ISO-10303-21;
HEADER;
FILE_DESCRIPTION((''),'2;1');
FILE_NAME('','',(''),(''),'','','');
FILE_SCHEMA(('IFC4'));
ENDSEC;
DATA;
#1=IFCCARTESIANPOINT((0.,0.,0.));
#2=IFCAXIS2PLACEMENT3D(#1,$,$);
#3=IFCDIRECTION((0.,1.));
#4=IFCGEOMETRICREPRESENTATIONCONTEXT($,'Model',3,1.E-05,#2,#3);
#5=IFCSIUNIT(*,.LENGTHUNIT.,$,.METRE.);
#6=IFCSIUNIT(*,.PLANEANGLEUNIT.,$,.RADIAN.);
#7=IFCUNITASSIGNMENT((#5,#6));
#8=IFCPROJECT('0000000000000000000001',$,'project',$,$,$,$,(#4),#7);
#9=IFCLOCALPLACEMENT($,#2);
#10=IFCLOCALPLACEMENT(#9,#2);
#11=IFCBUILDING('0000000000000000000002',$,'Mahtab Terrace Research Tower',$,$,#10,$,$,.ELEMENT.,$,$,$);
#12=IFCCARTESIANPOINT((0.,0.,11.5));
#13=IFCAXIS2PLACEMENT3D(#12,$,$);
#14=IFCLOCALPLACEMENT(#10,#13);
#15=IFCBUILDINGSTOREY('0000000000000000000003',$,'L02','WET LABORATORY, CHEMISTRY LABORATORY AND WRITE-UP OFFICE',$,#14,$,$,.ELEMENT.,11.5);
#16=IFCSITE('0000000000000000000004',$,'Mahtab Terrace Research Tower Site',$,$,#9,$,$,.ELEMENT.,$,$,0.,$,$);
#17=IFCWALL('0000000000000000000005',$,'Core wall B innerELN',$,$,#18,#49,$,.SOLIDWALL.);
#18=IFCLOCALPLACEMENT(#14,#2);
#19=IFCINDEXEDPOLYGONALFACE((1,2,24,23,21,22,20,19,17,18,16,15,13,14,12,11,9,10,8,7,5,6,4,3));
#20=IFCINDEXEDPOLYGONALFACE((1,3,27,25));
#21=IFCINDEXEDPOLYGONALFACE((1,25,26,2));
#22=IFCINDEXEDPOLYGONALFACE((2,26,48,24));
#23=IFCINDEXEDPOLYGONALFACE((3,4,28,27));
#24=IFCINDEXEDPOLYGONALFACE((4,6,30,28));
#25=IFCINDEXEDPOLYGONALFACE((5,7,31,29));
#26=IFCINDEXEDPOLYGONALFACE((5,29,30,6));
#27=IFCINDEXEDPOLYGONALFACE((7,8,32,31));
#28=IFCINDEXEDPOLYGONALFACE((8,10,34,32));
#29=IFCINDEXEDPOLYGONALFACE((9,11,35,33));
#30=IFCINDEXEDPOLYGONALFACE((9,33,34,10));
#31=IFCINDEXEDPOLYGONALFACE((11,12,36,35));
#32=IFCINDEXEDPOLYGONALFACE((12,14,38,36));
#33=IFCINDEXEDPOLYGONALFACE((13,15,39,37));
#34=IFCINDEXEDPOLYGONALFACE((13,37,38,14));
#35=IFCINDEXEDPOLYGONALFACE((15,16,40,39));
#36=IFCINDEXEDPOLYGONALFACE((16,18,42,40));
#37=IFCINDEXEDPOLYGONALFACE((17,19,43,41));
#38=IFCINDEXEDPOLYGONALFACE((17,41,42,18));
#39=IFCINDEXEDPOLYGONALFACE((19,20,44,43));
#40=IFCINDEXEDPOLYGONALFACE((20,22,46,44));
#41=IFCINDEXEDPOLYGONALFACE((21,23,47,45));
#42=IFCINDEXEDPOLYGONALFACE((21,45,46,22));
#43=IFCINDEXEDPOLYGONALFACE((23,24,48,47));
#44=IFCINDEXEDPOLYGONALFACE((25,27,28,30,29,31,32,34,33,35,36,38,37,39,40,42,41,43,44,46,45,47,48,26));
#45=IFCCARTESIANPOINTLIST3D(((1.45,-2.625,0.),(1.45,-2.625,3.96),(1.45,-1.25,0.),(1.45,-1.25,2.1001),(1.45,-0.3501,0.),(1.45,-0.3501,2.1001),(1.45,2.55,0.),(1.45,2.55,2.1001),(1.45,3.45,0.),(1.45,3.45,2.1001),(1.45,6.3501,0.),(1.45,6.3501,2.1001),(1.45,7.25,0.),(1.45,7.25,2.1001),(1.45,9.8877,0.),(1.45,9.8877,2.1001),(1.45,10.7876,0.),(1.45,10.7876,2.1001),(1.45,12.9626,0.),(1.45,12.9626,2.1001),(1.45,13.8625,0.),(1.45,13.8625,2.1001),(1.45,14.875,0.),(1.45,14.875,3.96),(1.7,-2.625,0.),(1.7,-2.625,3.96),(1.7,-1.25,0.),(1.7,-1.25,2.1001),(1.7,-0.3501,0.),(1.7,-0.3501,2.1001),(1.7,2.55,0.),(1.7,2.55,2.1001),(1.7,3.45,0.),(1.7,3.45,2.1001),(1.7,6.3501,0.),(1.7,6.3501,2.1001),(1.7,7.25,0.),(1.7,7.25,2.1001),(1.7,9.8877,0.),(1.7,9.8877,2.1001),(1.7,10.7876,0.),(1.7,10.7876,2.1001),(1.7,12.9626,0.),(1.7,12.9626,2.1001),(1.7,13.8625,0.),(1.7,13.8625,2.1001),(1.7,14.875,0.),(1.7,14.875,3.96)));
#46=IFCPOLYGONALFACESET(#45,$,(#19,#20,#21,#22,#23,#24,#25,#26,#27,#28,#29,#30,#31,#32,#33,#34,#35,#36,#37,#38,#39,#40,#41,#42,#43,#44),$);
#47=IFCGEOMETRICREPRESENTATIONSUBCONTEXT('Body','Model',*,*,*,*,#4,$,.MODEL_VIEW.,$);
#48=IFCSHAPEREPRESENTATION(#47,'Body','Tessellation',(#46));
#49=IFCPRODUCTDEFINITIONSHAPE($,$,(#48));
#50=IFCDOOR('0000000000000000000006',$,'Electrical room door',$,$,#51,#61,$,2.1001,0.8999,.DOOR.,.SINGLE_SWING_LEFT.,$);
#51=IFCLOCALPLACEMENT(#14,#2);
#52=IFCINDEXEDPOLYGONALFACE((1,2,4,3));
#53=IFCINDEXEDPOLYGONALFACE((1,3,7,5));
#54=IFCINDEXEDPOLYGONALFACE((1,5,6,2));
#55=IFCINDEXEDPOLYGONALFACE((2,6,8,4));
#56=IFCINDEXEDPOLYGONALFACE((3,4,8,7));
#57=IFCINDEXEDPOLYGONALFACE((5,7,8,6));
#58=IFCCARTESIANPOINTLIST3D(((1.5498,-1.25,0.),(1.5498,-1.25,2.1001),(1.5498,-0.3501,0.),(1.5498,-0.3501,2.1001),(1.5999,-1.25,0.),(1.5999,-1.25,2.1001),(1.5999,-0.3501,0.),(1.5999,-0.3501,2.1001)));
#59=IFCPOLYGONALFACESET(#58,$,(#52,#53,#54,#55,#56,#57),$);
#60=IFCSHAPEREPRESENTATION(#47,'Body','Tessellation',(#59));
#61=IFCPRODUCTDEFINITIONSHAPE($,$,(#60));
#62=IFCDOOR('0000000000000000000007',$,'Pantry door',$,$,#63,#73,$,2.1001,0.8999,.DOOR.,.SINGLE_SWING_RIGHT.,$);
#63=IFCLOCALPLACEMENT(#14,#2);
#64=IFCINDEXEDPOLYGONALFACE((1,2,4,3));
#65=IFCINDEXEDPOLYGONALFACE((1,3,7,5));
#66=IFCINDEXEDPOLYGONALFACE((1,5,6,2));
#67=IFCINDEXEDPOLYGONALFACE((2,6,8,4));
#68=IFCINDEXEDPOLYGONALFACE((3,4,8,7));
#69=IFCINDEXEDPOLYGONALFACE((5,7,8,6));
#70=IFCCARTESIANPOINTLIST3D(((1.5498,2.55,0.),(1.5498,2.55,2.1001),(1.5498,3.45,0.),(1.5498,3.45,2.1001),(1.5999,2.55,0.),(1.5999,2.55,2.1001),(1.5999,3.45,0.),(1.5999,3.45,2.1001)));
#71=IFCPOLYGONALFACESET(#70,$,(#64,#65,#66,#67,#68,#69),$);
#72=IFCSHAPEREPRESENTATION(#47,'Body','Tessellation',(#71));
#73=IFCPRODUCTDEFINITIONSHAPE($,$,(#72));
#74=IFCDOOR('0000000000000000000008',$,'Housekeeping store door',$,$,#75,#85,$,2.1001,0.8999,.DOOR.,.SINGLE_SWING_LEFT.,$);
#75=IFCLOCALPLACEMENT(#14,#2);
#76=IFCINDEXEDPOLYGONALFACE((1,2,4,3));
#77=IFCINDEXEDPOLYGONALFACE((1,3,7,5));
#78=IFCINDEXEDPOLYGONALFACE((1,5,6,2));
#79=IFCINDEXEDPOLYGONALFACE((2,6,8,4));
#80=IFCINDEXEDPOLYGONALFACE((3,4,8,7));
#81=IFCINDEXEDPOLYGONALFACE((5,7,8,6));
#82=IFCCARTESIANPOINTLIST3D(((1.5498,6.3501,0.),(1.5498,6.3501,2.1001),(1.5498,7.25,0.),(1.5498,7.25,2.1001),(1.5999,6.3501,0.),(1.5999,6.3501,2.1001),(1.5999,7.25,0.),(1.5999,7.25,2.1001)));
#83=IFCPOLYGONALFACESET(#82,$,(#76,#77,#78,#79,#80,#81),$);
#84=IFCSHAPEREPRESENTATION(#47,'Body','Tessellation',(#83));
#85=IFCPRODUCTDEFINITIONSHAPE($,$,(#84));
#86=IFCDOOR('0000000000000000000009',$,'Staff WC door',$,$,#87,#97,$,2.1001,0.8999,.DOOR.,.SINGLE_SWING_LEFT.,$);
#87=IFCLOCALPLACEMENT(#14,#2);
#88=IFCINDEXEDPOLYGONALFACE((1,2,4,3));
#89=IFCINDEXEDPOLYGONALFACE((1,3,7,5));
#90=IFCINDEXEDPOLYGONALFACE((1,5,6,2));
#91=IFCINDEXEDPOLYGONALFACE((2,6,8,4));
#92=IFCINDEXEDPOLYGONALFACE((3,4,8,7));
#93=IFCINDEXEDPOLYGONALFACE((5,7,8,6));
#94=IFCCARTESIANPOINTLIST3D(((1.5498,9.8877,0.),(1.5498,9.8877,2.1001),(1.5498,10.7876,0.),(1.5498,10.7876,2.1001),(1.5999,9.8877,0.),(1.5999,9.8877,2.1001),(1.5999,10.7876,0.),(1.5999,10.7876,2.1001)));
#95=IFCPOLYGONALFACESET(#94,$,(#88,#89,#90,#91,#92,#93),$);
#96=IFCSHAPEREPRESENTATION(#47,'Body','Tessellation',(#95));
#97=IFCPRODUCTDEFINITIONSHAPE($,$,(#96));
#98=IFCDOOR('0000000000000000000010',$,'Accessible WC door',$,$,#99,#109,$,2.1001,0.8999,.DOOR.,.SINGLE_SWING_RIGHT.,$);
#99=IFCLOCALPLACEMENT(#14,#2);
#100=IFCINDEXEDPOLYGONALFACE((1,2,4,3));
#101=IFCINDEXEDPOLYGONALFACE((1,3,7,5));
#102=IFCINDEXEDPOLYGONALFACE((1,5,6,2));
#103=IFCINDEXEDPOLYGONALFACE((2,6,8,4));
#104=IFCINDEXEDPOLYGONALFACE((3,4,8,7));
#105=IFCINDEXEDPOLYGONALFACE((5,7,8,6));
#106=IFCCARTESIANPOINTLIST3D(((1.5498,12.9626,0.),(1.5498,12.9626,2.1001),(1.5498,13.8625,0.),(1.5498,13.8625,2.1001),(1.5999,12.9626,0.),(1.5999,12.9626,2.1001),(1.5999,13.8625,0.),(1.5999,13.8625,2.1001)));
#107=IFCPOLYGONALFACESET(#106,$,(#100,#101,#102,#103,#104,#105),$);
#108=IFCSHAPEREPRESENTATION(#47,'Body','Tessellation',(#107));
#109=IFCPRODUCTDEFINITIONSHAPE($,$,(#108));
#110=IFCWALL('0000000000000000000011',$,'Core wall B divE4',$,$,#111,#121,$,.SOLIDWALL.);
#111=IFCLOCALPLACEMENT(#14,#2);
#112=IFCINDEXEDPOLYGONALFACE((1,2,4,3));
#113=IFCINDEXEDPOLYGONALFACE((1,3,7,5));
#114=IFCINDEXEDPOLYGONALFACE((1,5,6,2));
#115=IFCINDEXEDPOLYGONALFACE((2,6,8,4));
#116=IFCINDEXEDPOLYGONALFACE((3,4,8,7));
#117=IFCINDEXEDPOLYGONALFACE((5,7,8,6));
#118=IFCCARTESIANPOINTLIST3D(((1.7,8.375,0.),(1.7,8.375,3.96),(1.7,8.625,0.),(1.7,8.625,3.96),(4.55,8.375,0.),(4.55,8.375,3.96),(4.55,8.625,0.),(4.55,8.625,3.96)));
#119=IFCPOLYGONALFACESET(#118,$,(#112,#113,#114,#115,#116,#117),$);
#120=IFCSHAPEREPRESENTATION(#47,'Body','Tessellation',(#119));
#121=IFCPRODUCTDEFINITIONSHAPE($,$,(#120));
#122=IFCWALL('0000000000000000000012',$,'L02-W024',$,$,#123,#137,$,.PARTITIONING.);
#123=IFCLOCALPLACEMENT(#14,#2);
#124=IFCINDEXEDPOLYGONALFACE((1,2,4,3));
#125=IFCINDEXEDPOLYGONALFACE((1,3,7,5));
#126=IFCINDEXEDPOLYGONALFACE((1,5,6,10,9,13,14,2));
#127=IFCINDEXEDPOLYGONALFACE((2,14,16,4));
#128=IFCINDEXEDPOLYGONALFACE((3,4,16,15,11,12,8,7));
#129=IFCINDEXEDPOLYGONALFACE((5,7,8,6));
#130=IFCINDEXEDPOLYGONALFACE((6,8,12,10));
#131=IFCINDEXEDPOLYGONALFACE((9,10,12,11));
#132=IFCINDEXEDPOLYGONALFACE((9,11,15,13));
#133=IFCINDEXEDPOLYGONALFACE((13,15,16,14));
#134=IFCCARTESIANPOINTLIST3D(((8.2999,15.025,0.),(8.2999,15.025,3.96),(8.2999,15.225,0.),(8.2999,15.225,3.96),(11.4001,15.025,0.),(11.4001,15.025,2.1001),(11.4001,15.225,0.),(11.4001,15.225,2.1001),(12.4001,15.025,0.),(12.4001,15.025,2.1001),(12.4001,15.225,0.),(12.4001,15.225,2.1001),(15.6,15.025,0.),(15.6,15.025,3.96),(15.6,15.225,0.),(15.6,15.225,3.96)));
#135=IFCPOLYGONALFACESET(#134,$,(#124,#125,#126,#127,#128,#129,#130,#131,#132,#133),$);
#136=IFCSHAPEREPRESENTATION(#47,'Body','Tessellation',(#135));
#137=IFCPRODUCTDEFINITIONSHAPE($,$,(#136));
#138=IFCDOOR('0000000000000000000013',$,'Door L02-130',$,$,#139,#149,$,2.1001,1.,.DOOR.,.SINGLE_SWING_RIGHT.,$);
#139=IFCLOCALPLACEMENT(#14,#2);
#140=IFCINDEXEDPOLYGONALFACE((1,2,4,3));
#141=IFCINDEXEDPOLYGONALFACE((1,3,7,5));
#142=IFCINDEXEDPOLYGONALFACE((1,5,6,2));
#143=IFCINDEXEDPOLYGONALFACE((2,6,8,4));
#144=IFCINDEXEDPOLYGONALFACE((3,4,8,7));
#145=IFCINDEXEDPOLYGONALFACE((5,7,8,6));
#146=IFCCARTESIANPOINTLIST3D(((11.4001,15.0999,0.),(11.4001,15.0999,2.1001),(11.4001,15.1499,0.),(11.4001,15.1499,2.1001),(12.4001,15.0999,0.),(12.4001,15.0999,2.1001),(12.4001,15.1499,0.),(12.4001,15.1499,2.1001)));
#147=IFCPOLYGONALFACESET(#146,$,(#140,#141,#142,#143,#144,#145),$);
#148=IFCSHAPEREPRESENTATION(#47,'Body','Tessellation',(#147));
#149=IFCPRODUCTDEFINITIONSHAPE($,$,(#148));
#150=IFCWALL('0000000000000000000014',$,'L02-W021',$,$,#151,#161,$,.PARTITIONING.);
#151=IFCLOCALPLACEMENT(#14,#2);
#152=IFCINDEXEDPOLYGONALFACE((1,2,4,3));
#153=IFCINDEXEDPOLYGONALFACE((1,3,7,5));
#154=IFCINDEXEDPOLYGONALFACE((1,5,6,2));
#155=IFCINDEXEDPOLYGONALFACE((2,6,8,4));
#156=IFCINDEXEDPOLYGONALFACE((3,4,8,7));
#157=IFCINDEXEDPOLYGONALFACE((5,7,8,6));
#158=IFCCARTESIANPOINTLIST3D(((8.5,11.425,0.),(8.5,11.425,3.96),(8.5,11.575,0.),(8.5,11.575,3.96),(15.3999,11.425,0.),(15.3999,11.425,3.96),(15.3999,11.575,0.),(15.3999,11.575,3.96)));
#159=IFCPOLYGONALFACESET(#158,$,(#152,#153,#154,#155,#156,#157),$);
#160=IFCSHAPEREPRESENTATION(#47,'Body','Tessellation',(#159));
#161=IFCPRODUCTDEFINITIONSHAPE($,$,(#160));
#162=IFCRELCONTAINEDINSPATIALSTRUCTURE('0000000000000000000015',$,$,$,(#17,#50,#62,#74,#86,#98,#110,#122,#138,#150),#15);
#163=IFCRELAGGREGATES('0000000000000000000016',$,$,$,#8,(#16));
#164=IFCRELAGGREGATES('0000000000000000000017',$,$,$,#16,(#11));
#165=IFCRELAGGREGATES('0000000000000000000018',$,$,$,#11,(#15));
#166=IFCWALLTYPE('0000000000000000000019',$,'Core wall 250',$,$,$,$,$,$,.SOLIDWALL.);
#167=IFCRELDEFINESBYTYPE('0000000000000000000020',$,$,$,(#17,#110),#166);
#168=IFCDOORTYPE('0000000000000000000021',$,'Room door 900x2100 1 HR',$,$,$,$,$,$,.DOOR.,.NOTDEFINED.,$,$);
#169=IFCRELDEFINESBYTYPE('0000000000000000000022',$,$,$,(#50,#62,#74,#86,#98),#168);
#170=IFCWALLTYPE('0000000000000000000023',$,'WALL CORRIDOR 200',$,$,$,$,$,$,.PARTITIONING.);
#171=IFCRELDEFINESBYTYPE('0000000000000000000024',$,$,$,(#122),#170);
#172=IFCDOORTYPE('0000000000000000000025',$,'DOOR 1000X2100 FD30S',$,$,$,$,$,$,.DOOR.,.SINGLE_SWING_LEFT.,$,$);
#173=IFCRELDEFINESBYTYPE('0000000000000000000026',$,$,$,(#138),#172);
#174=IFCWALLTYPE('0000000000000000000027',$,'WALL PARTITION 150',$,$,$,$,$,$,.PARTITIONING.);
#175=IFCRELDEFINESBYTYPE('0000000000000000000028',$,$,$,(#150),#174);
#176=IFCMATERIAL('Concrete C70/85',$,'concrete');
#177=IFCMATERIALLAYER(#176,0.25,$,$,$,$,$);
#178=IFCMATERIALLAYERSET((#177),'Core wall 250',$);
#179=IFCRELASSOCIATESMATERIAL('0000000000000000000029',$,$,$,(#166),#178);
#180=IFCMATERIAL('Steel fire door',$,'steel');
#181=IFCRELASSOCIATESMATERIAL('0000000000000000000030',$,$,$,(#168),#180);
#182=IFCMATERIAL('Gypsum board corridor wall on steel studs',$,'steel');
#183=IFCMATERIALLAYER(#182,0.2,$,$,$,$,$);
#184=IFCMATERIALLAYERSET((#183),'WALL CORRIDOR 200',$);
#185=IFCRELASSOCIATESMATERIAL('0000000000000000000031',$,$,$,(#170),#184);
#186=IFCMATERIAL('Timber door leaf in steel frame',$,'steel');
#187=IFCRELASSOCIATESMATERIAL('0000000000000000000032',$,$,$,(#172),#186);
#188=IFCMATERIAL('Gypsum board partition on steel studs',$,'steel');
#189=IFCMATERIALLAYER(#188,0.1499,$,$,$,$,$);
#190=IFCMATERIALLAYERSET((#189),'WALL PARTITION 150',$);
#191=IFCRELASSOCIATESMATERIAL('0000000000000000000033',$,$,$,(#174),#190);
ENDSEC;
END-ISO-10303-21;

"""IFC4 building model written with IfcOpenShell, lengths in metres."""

from ifc_helpers import new_model, si_unit, direction, frame, frame_2d, origin, place, context, subcontext, project, spatial, rectangle, extrude, material, layer, layer_set, type_object, element, fill, save


model = new_model("IFC4")

# Units and contexts
model_context = context("Model", 3, precision=1e-05, world=origin(), true_north=direction((0.0, 1.0)))
body_context = subcontext(model_context, "Body", "Model", "MODEL_VIEW")
ifc_project = project(units=[si_unit("LENGTHUNIT", "METRE"), si_unit("PLANEANGLEUNIT", "RADIAN")], contexts=[model_context])

# Site, building, storey
site_placement = place(None, origin())
site = spatial("IfcSite", under=ifc_project, at=site_placement, Name="Mahtab Terrace Research Tower Site", CompositionType="ELEMENT", RefElevation=0.0)
building_placement = place(site_placement, origin())
building = spatial("IfcBuilding", under=site, at=building_placement, Name="Mahtab Terrace Research Tower", CompositionType="ELEMENT")
storey_placement = place(building_placement, frame((0.0, 0.0, 11.5)))
storey = spatial("IfcBuildingStorey", under=building, at=storey_placement, Name="L02", Description="WET LABORATORY, CHEMISTRY LABORATORY AND WRITE-UP OFFICE", CompositionType="ELEMENT", Elevation=11.5)

# Shared definitions
ifc_material_1 = material(Name="Concrete C70/85", Category="concrete")

# Wall, openings, doors
ifc_layer_1 = layer(ifc_material_1, 0.25)
ifc_layer_set_1 = layer_set([ifc_layer_1], Name="Core wall 250")
wall_type_1 = type_object("IfcWallType", Name="Core wall 250", PredefinedType="SOLIDWALL", material=ifc_layer_set_1)
wall_1_placement = place(storey_placement, frame((1.575, 14.875, 0.0), z_axis=(0.0, 0.0, 1.0), x_axis=(0.0, -1.0, 0.0)))
wall_1 = element("IfcWall", 1, at=wall_1_placement, inside=storey, type_object=wall_type_1, Name="Core wall B innerELN", PredefinedType="SOLIDWALL", context=body_context, shape_type="SweptSolid", body=[
    extrude(rectangle(XDim=17.5, YDim=0.25, at=frame_2d((8.75, 0.0))), origin(), (0.0, 0.0, 1.0), 3.96),
])
opening_1_placement = place(wall_1_placement, frame((15.2251, 0.0, 0.0)))
opening_1 = element("IfcOpeningElement", 2, at=opening_1_placement, cuts=wall_1, PredefinedType="OPENING", context=body_context, shape_type="SweptSolid", body=[
    extrude(rectangle(XDim=0.8999, YDim=2.1001, at=frame_2d((0.45, 1.05))), frame((0.0, 0.135, 0.0), z_axis=(0.0, -1.0, 0.0), x_axis=(1.0, 0.0, 0.0)), (0.0, 0.0, 1.0), 0.27),
])
opening_2_placement = place(wall_1_placement, frame((11.425, 0.0, 0.0)))
opening_2 = element("IfcOpeningElement", 3, at=opening_2_placement, cuts=wall_1, PredefinedType="OPENING", context=body_context, shape_type="SweptSolid", body=[
    extrude(rectangle(XDim=0.8999, YDim=2.1001, at=frame_2d((0.45, 1.05))), frame((0.0, 0.135, 0.0), z_axis=(0.0, -1.0, 0.0), x_axis=(1.0, 0.0, 0.0)), (0.0, 0.0, 1.0), 0.27),
])
opening_3_placement = place(wall_1_placement, frame((7.625, 0.0, 0.0)))
opening_3 = element("IfcOpeningElement", 4, at=opening_3_placement, cuts=wall_1, PredefinedType="OPENING", context=body_context, shape_type="SweptSolid", body=[
    extrude(rectangle(XDim=0.8999, YDim=2.1001, at=frame_2d((0.45, 1.05))), frame((0.0, 0.135, 0.0), z_axis=(0.0, -1.0, 0.0), x_axis=(1.0, 0.0, 0.0)), (0.0, 0.0, 1.0), 0.27),
])
opening_4_placement = place(wall_1_placement, frame((4.0874, 0.0, 0.0)))
opening_4 = element("IfcOpeningElement", 5, at=opening_4_placement, cuts=wall_1, PredefinedType="OPENING", context=body_context, shape_type="SweptSolid", body=[
    extrude(rectangle(XDim=0.8999, YDim=2.1001, at=frame_2d((0.45, 1.05))), frame((0.0, 0.135, 0.0), z_axis=(0.0, -1.0, 0.0), x_axis=(1.0, 0.0, 0.0)), (0.0, 0.0, 1.0), 0.27),
])
opening_5_placement = place(wall_1_placement, frame((1.0125, 0.0, 0.0)))
opening_5 = element("IfcOpeningElement", 6, at=opening_5_placement, cuts=wall_1, PredefinedType="OPENING", context=body_context, shape_type="SweptSolid", body=[
    extrude(rectangle(XDim=0.8999, YDim=2.1001, at=frame_2d((0.45, 1.05))), frame((0.0, 0.135, 0.0), z_axis=(0.0, -1.0, 0.0), x_axis=(1.0, 0.0, 0.0)), (0.0, 0.0, 1.0), 0.27),
])
ifc_material_2 = material(Name="Steel fire door", Category="steel")
door_type_1 = type_object("IfcDoorType", Name="Room door 900x2100 1 HR", OperationType="NOTDEFINED", PredefinedType="DOOR", material=ifc_material_2)
door_1_placement = place(opening_1_placement, origin())
door_1 = element("IfcDoor", 7, at=door_1_placement, inside=storey, type_object=door_type_1, Name="Electrical room door", OperationType="SINGLE_SWING_LEFT", OverallHeight=2.1001, OverallWidth=0.8999, PredefinedType="DOOR", context=body_context, shape_type="SweptSolid", body=[
    extrude(rectangle(XDim=0.8999, YDim=2.1001, at=frame_2d((0.45, 1.05))), frame((0.0, 0.0249, 0.0), z_axis=(0.0, -1.0, 0.0), x_axis=(1.0, 0.0, 0.0)), (0.0, 0.0, 1.0), 0.05),
])
fill(opening_1, door_1)
door_2_placement = place(opening_2_placement, origin())
door_2 = element("IfcDoor", 8, at=door_2_placement, inside=storey, type_object=door_type_1, Name="Pantry door", OperationType="SINGLE_SWING_RIGHT", OverallHeight=2.1001, OverallWidth=0.8999, PredefinedType="DOOR", context=body_context, shape_type="SweptSolid", body=[
    extrude(rectangle(XDim=0.8999, YDim=2.1001, at=frame_2d((0.45, 1.05))), frame((0.0, 0.0249, 0.0), z_axis=(0.0, -1.0, 0.0), x_axis=(1.0, 0.0, 0.0)), (0.0, 0.0, 1.0), 0.05),
])
fill(opening_2, door_2)
door_3_placement = place(opening_3_placement, origin())
door_3 = element("IfcDoor", 9, at=door_3_placement, inside=storey, type_object=door_type_1, Name="Housekeeping store door", OperationType="SINGLE_SWING_LEFT", OverallHeight=2.1001, OverallWidth=0.8999, PredefinedType="DOOR", context=body_context, shape_type="SweptSolid", body=[
    extrude(rectangle(XDim=0.8999, YDim=2.1001, at=frame_2d((0.45, 1.05))), frame((0.0, 0.0249, 0.0), z_axis=(0.0, -1.0, 0.0), x_axis=(1.0, 0.0, 0.0)), (0.0, 0.0, 1.0), 0.05),
])
fill(opening_3, door_3)
door_4_placement = place(opening_4_placement, origin())
door_4 = element("IfcDoor", 10, at=door_4_placement, inside=storey, type_object=door_type_1, Name="Staff WC door", OperationType="SINGLE_SWING_LEFT", OverallHeight=2.1001, OverallWidth=0.8999, PredefinedType="DOOR", context=body_context, shape_type="SweptSolid", body=[
    extrude(rectangle(XDim=0.8999, YDim=2.1001, at=frame_2d((0.45, 1.05))), frame((0.0, 0.0249, 0.0), z_axis=(0.0, -1.0, 0.0), x_axis=(1.0, 0.0, 0.0)), (0.0, 0.0, 1.0), 0.05),
])
fill(opening_4, door_4)
door_5_placement = place(opening_5_placement, origin())
door_5 = element("IfcDoor", 11, at=door_5_placement, inside=storey, type_object=door_type_1, Name="Accessible WC door", OperationType="SINGLE_SWING_RIGHT", OverallHeight=2.1001, OverallWidth=0.8999, PredefinedType="DOOR", context=body_context, shape_type="SweptSolid", body=[
    extrude(rectangle(XDim=0.8999, YDim=2.1001, at=frame_2d((0.45, 1.05))), frame((0.0, 0.0249, 0.0), z_axis=(0.0, -1.0, 0.0), x_axis=(1.0, 0.0, 0.0)), (0.0, 0.0, 1.0), 0.05),
])
fill(opening_5, door_5)

# Wall
wall_2_placement = place(storey_placement, frame((1.7, 8.5, 0.0), z_axis=(0.0, 0.0, 1.0), x_axis=(1.0, 0.0, 0.0)))
element("IfcWall", 12, at=wall_2_placement, inside=storey, type_object=wall_type_1, Name="Core wall B divE4", PredefinedType="SOLIDWALL", context=body_context, shape_type="SweptSolid", body=[
    extrude(rectangle(XDim=2.8501, YDim=0.25, at=frame_2d((1.425, 0.0))), origin(), (0.0, 0.0, 1.0), 3.96),
])

# Wall, opening, door
ifc_material_3 = material(Name="Gypsum board corridor wall on steel studs", Category="steel")
ifc_layer_2 = layer(ifc_material_3, 0.2)
ifc_layer_set_2 = layer_set([ifc_layer_2], Name="WALL CORRIDOR 200")
wall_type_2 = type_object("IfcWallType", Name="WALL CORRIDOR 200", PredefinedType="PARTITIONING", material=ifc_layer_set_2)
wall_3_placement = place(storey_placement, frame((8.3, 15.125, 0.0), z_axis=(0.0, 0.0, 1.0), x_axis=(1.0, 0.0, 0.0)))
wall_3 = element("IfcWall", 13, at=wall_3_placement, inside=storey, type_object=wall_type_2, Name="L02-W024", PredefinedType="PARTITIONING", context=body_context, shape_type="SweptSolid", body=[
    extrude(rectangle(XDim=7.3, YDim=0.2, at=frame_2d((3.6499, 0.0))), origin(), (0.0, 0.0, 1.0), 3.96),
])
opening_6_placement = place(wall_3_placement, frame((3.1001, 0.0, 0.0)))
opening_6 = element("IfcOpeningElement", 14, at=opening_6_placement, cuts=wall_3, PredefinedType="OPENING", context=body_context, shape_type="SweptSolid", body=[
    extrude(rectangle(XDim=1.0, YDim=2.1001, at=frame_2d((0.5, 1.05))), frame((0.0, 0.1099, 0.0), z_axis=(0.0, -1.0, 0.0), x_axis=(1.0, 0.0, 0.0)), (0.0, 0.0, 1.0), 0.22),
])
ifc_material_4 = material(Name="Timber door leaf in steel frame", Category="steel")
door_type_2 = type_object("IfcDoorType", Name="DOOR 1000X2100 FD30S", OperationType="SINGLE_SWING_LEFT", PredefinedType="DOOR", material=ifc_material_4)
door_6_placement = place(opening_6_placement, origin())
door_6 = element("IfcDoor", 15, at=door_6_placement, inside=storey, type_object=door_type_2, Name="Door L02-130", OperationType="SINGLE_SWING_RIGHT", OverallHeight=2.1001, OverallWidth=1.0, PredefinedType="DOOR", context=body_context, shape_type="SweptSolid", body=[
    extrude(rectangle(XDim=1.0, YDim=2.1001, at=frame_2d((0.5, 1.05))), frame((0.0, 0.0249, 0.0), z_axis=(0.0, -1.0, 0.0), x_axis=(1.0, 0.0, 0.0)), (0.0, 0.0, 1.0), 0.05),
])
fill(opening_6, door_6)

# Wall
ifc_material_5 = material(Name="Gypsum board partition on steel studs", Category="steel")
ifc_layer_3 = layer(ifc_material_5, 0.1499)
ifc_layer_set_3 = layer_set([ifc_layer_3], Name="WALL PARTITION 150")
wall_type_3 = type_object("IfcWallType", Name="WALL PARTITION 150", PredefinedType="PARTITIONING", material=ifc_layer_set_3)
wall_4_placement = place(storey_placement, frame((8.5, 11.5, 0.0), z_axis=(0.0, 0.0, 1.0), x_axis=(1.0, 0.0, 0.0)))
element("IfcWall", 16, at=wall_4_placement, inside=storey, type_object=wall_type_3, Name="L02-W021", PredefinedType="PARTITIONING", context=body_context, shape_type="SweptSolid", body=[
    extrude(rectangle(XDim=6.8999, YDim=0.1499, at=frame_2d((3.45, 0.0))), origin(), (0.0, 0.0, 1.0), 3.96),
])

save(model, "model.ifc")
